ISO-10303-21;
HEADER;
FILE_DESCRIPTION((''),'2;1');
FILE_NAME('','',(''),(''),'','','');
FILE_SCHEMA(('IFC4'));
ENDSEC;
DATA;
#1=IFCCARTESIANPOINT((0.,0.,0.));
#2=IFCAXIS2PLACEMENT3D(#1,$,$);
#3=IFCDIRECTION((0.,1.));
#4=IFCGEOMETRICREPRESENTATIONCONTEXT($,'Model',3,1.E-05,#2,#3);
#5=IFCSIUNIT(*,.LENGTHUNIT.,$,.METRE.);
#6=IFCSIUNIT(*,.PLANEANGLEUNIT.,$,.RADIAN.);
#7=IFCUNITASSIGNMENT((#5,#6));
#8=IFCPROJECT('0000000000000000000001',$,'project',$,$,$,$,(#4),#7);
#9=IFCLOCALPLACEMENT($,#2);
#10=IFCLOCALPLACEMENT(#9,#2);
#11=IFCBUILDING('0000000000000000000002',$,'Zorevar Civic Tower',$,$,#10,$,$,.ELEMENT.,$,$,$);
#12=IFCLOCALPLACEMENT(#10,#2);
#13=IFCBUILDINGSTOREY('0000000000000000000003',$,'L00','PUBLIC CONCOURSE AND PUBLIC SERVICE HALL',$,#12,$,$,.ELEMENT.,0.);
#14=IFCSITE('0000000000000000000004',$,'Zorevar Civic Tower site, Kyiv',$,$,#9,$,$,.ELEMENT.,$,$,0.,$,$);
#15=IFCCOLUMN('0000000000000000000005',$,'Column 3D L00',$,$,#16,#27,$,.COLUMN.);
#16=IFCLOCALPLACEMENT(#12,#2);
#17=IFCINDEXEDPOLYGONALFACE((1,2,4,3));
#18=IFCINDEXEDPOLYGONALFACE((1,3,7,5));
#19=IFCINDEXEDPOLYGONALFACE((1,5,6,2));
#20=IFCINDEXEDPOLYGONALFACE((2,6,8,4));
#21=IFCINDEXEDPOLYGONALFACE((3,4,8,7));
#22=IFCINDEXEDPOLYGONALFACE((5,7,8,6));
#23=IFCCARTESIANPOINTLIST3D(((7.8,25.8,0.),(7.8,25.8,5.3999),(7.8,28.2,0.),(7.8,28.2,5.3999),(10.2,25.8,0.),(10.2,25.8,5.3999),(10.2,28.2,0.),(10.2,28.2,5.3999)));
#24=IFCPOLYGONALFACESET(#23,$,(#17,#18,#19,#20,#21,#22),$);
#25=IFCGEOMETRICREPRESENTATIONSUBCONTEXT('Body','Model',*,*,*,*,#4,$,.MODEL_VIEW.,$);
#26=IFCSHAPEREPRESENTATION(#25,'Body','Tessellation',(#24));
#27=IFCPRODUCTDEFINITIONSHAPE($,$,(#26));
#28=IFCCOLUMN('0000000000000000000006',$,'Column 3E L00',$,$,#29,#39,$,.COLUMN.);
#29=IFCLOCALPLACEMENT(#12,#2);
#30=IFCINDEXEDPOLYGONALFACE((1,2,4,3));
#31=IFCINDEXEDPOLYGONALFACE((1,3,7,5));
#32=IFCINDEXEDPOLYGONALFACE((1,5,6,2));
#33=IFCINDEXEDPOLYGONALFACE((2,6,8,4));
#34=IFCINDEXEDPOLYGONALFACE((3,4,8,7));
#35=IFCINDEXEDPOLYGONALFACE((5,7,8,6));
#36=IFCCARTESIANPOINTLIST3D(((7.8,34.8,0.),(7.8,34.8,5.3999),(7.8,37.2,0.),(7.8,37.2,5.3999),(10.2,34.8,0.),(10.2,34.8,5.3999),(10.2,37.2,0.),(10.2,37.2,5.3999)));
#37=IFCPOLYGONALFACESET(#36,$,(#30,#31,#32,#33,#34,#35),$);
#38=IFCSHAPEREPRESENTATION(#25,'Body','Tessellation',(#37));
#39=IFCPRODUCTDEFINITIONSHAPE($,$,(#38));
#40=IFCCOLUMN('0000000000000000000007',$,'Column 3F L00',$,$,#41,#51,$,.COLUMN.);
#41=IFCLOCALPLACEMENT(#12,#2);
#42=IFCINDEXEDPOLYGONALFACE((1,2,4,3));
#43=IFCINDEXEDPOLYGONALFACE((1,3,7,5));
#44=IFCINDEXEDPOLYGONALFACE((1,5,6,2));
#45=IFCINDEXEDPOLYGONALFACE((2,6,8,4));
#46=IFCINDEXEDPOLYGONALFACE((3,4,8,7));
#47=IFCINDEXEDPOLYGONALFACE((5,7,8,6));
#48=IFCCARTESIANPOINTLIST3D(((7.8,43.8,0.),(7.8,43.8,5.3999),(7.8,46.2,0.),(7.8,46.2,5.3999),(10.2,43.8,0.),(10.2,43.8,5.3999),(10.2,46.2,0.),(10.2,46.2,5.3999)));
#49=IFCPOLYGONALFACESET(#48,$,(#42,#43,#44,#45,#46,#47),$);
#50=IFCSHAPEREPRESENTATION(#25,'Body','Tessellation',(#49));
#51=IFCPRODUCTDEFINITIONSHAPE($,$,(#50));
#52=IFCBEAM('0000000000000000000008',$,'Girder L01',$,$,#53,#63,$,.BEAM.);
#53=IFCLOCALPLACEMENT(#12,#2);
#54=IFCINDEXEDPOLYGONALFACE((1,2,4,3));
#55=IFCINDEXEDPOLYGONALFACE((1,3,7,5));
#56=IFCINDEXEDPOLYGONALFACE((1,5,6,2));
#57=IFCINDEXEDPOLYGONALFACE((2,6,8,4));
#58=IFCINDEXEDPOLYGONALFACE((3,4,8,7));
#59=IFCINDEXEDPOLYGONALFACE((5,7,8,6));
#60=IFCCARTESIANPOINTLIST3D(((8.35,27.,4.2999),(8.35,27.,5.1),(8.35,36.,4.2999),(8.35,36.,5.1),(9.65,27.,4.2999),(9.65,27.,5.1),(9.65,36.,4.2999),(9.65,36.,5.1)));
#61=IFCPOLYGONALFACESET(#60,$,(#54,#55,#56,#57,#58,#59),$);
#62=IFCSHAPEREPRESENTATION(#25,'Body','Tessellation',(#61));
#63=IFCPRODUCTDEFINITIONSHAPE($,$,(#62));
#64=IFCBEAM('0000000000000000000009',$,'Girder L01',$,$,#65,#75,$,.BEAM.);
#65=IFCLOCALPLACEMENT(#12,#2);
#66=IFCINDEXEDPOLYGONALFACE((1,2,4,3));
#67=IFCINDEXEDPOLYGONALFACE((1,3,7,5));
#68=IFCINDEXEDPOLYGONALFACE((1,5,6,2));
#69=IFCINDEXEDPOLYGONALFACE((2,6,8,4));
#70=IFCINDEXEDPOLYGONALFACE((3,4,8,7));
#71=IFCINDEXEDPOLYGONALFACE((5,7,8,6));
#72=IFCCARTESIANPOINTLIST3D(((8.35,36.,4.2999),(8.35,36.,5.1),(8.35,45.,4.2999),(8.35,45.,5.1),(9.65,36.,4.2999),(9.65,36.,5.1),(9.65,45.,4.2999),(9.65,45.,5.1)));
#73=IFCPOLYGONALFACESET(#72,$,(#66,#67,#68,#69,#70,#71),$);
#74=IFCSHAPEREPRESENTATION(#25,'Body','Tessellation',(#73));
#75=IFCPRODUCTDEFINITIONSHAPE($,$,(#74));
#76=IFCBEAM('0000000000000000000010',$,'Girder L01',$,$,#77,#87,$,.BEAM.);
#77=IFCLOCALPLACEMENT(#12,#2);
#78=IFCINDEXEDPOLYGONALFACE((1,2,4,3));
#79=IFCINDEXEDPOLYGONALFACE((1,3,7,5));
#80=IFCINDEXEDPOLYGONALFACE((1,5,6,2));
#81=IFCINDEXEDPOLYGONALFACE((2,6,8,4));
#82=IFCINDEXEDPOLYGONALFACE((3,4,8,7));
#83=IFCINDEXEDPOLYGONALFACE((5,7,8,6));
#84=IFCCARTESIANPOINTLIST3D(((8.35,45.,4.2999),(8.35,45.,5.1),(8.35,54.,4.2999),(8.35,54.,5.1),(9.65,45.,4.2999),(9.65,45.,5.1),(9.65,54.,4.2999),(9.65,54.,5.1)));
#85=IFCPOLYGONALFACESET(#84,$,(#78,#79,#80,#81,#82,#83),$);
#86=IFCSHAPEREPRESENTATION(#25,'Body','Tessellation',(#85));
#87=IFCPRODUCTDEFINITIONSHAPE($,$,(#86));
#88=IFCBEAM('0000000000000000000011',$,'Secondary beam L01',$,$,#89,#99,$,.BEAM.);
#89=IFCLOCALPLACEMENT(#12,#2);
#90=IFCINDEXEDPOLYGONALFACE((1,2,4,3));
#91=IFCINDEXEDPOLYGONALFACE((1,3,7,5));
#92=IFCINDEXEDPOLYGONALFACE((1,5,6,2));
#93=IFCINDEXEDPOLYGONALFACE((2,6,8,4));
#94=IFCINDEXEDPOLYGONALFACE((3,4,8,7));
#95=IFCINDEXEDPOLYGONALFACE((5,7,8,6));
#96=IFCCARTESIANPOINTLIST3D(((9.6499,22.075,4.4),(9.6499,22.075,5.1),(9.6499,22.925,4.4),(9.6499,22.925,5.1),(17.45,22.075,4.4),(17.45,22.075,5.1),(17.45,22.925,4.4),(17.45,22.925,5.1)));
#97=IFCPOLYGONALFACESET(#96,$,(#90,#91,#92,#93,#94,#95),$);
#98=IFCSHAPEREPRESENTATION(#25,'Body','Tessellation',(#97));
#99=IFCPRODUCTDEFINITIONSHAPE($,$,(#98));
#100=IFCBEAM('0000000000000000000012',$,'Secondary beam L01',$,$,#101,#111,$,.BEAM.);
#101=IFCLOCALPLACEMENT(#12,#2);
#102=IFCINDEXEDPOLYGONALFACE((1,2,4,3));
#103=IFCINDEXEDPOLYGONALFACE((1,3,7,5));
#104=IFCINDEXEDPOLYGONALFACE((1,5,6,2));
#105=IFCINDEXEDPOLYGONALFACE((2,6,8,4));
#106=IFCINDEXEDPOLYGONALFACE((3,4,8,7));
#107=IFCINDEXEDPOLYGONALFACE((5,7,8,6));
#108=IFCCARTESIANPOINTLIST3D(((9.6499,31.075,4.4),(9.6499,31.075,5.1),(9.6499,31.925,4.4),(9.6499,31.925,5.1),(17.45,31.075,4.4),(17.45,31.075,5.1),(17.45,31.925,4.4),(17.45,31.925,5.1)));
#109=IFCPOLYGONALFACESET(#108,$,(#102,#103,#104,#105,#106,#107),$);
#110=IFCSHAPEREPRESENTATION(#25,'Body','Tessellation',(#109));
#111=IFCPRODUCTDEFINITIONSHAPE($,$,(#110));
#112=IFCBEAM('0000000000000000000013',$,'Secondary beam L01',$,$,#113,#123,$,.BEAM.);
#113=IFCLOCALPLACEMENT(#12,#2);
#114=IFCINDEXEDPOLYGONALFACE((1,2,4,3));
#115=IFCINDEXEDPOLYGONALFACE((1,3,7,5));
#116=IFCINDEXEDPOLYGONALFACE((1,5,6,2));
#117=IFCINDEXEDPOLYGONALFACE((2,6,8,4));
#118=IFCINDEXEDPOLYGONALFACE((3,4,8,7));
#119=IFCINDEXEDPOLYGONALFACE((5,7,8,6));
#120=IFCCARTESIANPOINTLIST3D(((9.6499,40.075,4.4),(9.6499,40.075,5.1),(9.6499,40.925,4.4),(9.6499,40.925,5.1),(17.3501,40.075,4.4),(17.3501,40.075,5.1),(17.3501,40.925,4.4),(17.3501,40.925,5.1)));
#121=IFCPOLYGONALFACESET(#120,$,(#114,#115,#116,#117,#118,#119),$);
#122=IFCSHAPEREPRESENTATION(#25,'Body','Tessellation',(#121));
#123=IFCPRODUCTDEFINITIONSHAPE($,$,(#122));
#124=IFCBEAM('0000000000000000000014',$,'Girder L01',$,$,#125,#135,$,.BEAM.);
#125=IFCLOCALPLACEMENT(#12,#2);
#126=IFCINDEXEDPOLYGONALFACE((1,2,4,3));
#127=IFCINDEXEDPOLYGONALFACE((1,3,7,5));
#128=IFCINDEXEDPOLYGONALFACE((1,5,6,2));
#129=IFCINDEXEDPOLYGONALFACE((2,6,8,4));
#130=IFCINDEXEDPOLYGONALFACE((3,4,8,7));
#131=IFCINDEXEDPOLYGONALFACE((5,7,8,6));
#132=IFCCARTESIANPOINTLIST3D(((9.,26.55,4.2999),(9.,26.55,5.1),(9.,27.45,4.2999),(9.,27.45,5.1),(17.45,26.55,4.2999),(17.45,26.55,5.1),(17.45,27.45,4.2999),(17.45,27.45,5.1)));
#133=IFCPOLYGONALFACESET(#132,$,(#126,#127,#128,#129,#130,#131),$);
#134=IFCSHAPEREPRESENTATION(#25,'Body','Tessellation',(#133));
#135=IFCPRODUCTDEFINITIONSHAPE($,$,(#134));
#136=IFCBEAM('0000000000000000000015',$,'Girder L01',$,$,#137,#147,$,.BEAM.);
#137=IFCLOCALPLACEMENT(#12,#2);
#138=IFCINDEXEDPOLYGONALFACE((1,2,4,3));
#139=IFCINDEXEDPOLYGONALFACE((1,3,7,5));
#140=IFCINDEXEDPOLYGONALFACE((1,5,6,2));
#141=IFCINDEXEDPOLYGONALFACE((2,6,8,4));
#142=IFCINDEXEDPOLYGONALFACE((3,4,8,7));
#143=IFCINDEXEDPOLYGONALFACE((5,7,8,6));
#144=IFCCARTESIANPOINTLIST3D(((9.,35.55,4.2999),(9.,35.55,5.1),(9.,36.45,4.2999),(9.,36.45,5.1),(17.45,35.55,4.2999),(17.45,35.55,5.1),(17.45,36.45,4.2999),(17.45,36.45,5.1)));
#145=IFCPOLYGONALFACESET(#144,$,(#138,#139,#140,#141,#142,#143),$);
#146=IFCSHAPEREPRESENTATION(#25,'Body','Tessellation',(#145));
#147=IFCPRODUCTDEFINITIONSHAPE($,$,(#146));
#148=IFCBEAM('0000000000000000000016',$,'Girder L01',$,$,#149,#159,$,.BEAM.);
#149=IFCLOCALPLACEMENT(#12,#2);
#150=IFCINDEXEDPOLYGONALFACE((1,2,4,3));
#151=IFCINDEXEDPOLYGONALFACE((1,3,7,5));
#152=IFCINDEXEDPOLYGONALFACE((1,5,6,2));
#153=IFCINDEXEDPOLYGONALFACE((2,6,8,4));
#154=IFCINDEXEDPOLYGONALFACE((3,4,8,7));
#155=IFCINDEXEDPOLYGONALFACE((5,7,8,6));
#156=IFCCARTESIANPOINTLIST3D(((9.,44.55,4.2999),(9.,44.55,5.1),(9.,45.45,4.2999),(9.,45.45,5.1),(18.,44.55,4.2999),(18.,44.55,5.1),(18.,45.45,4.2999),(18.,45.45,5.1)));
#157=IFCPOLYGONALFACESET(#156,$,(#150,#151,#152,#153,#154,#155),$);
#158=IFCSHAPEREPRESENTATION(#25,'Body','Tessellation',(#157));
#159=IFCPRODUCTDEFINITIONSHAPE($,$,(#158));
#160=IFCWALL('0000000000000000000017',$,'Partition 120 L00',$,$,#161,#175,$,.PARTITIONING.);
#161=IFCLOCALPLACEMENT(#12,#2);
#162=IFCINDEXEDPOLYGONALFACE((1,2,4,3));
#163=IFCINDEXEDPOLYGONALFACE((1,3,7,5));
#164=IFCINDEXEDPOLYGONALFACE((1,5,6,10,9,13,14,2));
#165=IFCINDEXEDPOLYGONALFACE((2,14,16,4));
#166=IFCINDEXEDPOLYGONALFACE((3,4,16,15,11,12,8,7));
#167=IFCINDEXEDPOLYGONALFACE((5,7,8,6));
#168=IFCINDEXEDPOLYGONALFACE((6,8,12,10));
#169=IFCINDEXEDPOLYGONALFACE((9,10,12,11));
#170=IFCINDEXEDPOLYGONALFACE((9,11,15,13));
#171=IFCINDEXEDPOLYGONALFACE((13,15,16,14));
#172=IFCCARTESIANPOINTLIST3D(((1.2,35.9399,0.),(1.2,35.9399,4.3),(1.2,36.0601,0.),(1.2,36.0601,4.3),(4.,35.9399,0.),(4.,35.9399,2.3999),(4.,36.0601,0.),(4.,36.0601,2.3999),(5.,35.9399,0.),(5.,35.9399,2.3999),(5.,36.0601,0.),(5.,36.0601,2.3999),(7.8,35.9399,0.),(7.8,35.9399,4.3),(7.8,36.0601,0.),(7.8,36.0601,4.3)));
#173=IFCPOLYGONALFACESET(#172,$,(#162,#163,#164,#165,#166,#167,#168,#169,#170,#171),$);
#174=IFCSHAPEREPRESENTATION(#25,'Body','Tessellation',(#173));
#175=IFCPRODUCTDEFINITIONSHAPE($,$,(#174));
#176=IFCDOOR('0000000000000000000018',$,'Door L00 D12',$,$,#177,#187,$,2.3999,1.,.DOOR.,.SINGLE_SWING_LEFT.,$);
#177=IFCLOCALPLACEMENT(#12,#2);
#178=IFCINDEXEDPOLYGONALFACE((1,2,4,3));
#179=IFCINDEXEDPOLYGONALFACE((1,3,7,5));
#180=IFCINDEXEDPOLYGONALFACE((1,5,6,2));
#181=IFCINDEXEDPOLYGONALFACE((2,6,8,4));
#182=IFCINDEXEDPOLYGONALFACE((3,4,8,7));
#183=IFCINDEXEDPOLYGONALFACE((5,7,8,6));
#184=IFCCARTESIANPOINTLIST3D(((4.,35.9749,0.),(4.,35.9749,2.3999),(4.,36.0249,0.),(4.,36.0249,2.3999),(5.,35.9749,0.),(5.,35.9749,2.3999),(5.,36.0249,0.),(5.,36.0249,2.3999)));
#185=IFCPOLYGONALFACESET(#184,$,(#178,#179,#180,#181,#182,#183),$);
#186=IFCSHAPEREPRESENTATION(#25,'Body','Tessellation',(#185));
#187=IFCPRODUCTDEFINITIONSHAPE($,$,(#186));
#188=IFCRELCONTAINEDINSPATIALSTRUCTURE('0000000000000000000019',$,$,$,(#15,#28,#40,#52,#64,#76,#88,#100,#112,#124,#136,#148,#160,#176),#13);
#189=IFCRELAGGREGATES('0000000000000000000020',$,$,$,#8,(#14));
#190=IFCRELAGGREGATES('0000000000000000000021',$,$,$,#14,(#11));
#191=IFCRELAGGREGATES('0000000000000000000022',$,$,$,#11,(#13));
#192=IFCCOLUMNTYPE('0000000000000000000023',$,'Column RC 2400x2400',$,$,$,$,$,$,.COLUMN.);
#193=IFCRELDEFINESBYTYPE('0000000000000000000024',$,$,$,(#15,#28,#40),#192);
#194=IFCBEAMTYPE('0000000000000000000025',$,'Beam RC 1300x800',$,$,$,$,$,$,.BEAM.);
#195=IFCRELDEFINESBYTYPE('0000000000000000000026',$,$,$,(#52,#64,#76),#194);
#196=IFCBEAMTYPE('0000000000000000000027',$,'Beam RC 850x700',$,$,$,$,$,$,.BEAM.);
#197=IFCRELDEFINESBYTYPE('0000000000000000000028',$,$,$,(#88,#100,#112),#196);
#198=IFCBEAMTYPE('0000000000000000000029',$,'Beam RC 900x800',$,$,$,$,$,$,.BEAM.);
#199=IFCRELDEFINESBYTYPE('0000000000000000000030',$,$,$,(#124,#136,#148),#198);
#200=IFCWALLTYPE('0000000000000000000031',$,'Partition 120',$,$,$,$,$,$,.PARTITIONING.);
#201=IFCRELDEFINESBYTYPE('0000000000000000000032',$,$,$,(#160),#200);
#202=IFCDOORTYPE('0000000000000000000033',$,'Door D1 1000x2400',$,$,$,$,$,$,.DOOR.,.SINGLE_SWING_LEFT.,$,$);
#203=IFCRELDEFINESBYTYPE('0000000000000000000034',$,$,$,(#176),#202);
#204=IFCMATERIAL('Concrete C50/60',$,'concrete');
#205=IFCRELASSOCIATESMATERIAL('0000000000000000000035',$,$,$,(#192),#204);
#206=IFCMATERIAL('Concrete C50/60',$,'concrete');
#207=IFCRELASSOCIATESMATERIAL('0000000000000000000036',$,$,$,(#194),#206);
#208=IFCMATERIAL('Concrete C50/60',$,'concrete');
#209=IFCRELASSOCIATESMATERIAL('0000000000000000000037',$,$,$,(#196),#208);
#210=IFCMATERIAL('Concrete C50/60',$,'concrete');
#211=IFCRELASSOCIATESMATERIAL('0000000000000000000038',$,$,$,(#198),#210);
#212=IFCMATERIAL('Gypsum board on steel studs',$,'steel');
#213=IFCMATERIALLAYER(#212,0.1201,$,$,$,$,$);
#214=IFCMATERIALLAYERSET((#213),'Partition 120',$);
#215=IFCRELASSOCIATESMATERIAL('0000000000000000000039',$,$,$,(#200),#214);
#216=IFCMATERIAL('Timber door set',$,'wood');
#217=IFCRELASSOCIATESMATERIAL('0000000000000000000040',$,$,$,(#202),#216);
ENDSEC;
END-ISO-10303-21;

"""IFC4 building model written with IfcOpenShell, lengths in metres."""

from ifc_helpers import new_model, si_unit, direction, frame, frame_2d, origin, origin_2d, place, context, subcontext, project, spatial, rectangle, extrude, material, layer, layer_set, material_profile, profile_set, type_object, element, fill, save


model = new_model("IFC4")

# Units and contexts
model_context = context("Model", 3, precision=1e-05, world=origin(), true_north=direction((0.0, 1.0)))
body_context = subcontext(model_context, "Body", "Model", "MODEL_VIEW")
ifc_project = project(units=[si_unit("LENGTHUNIT", "METRE"), si_unit("PLANEANGLEUNIT", "RADIAN")], contexts=[model_context])

# Site, building, storey
site_placement = place(None, origin())
site = spatial("IfcSite", under=ifc_project, at=site_placement, Name="Zorevar Civic Tower site, Kyiv", CompositionType="ELEMENT", RefElevation=0.0)
building_placement = place(site_placement, origin())
building = spatial("IfcBuilding", under=site, at=building_placement, Name="Zorevar Civic Tower", CompositionType="ELEMENT")
storey_placement = place(building_placement, origin())
storey = spatial("IfcBuildingStorey", under=building, at=storey_placement, Name="L00", Description="PUBLIC CONCOURSE AND PUBLIC SERVICE HALL", CompositionType="ELEMENT", Elevation=0.0)

# Columns
ifc_material_1 = material(Name="Concrete C50/60", Category="concrete")
ifc_material_profile_1 = material_profile(ifc_material_1, rectangle(XDim=2.3999, YDim=2.3999, at=origin_2d()), Name="RC 2400x2400")
ifc_profile_set_1 = profile_set([ifc_material_profile_1], Name="Concrete C50/60")
column_type = type_object("IfcColumnType", Name="Column RC 2400x2400", PredefinedType="COLUMN", material=ifc_profile_set_1)
for number, where, z_axis, x_axis, name in (
    (1, (9.0, 27.0, 0.0), (0.0, 0.0, 1.0), (1.0, 0.0, 0.0), "Column 3D L00"),
    (2, (9.0, 36.0, 0.0), (0.0, 0.0, 1.0), (1.0, 0.0, 0.0), "Column 3E L00"),
    (3, (9.0, 45.0, 0.0), (0.0, 0.0, 1.0), (1.0, 0.0, 0.0), "Column 3F L00"),
):
    element("IfcColumn", number, at=place(storey_placement, frame(where, z_axis=z_axis, x_axis=x_axis)), inside=storey, type_object=column_type, Name=name, PredefinedType="COLUMN", context=body_context, shape_type="SweptSolid", body=[
        extrude(rectangle(XDim=2.3999, YDim=2.3999, at=origin_2d()), origin(), (0.0, 0.0, 1.0), 5.3999),
    ])

# Beams
ifc_material_2 = material(Name="Concrete C50/60", Category="concrete")
ifc_material_profile_2 = material_profile(ifc_material_2, rectangle(XDim=1.3, YDim=0.8, at=origin_2d()), Name="RC 1300x800")
ifc_profile_set_2 = profile_set([ifc_material_profile_2], Name="Concrete C50/60")
beam_type_1 = type_object("IfcBeamType", Name="Beam RC 1300x800", PredefinedType="BEAM", material=ifc_profile_set_2)
for number, where, z_axis, x_axis, name in (
    (4, (9.0, 27.0, 4.7), (0.0, 1.0, 0.0), (-1.0, 0.0, 0.0), "Girder L01"),
    (5, (9.0, 36.0, 4.7), (0.0, 1.0, 0.0), (-1.0, 0.0, 0.0), "Girder L01"),
    (6, (9.0, 45.0, 4.7), (0.0, 1.0, 0.0), (-1.0, 0.0, 0.0), "Girder L01"),
):
    element("IfcBeam", number, at=place(storey_placement, frame(where, z_axis=z_axis, x_axis=x_axis)), inside=storey, type_object=beam_type_1, Name=name, PredefinedType="BEAM", context=body_context, shape_type="SweptSolid", body=[
        extrude(rectangle(XDim=1.3, YDim=0.8, at=origin_2d()), origin(), (0.0, 0.0, 1.0), 9.0),
    ])
ifc_material_3 = material(Name="Concrete C50/60", Category="concrete")
ifc_material_profile_3 = material_profile(ifc_material_3, rectangle(XDim=0.8501, YDim=0.7, at=origin_2d()), Name="RC 850x700")
ifc_profile_set_3 = profile_set([ifc_material_profile_3], Name="Concrete C50/60")
beam_type_2 = type_object("IfcBeamType", Name="Beam RC 850x700", PredefinedType="BEAM", material=ifc_profile_set_3)
for number, where, z_axis, x_axis, name in (
    (7, (9.6499, 22.5, 4.75), (1.0, 0.0, 0.0), (0.0, 1.0, 0.0), "Secondary beam L01"),
    (8, (9.6499, 31.5, 4.75), (1.0, 0.0, 0.0), (0.0, 1.0, 0.0), "Secondary beam L01"),
):
    element("IfcBeam", number, at=place(storey_placement, frame(where, z_axis=z_axis, x_axis=x_axis)), inside=storey, type_object=beam_type_2, Name=name, PredefinedType="BEAM", context=body_context, shape_type="SweptSolid", body=[
        extrude(rectangle(XDim=0.8501, YDim=0.7, at=origin_2d()), origin(), (0.0, 0.0, 1.0), 7.8),
    ])
beam_1_placement = place(storey_placement, frame((9.6499, 40.5, 4.75), z_axis=(1.0, 0.0, 0.0), x_axis=(0.0, 1.0, 0.0)))
element("IfcBeam", 9, at=beam_1_placement, inside=storey, type_object=beam_type_2, Name="Secondary beam L01", PredefinedType="BEAM", context=body_context, shape_type="SweptSolid", body=[
    extrude(rectangle(XDim=0.8501, YDim=0.7, at=origin_2d()), origin(), (0.0, 0.0, 1.0), 7.7002),
])
ifc_material_4 = material(Name="Concrete C50/60", Category="concrete")
ifc_material_profile_4 = material_profile(ifc_material_4, rectangle(XDim=0.8999, YDim=0.8, at=origin_2d()), Name="RC 900x800")
ifc_profile_set_4 = profile_set([ifc_material_profile_4], Name="Concrete C50/60")
beam_type_3 = type_object("IfcBeamType", Name="Beam RC 900x800", PredefinedType="BEAM", material=ifc_profile_set_4)
for number, where, z_axis, x_axis, name in (
    (10, (9.0, 27.0, 4.7), (1.0, 0.0, 0.0), (0.0, 1.0, 0.0), "Girder L01"),
    (11, (9.0, 36.0, 4.7), (1.0, 0.0, 0.0), (0.0, 1.0, 0.0), "Girder L01"),
):
    element("IfcBeam", number, at=place(storey_placement, frame(where, z_axis=z_axis, x_axis=x_axis)), inside=storey, type_object=beam_type_3, Name=name, PredefinedType="BEAM", context=body_context, shape_type="SweptSolid", body=[
        extrude(rectangle(XDim=0.8999, YDim=0.8, at=origin_2d()), origin(), (0.0, 0.0, 1.0), 8.45),
    ])
beam_2_placement = place(storey_placement, frame((9.0, 45.0, 4.7), z_axis=(1.0, 0.0, 0.0), x_axis=(0.0, 1.0, 0.0)))
element("IfcBeam", 12, at=beam_2_placement, inside=storey, type_object=beam_type_3, Name="Girder L01", PredefinedType="BEAM", context=body_context, shape_type="SweptSolid", body=[
    extrude(rectangle(XDim=0.8999, YDim=0.8, at=origin_2d()), origin(), (0.0, 0.0, 1.0), 9.0),
])

# Wall, opening, door
ifc_material_5 = material(Name="Gypsum board on steel studs", Category="steel")
ifc_layer = layer(ifc_material_5, 0.1201)
ifc_layer_set = layer_set([ifc_layer], Name="Partition 120")
wall_type = type_object("IfcWallType", Name="Partition 120", PredefinedType="PARTITIONING", material=ifc_layer_set)
wall_1_placement = place(storey_placement, frame((1.2, 36.0, 0.0), z_axis=(0.0, 0.0, 1.0), x_axis=(1.0, 0.0, 0.0)))
wall_1 = element("IfcWall", 13, at=wall_1_placement, inside=storey, type_object=wall_type, Name="Partition 120 L00", PredefinedType="PARTITIONING", context=body_context, shape_type="SweptSolid", body=[
    extrude(rectangle(XDim=6.6001, YDim=0.1201, at=frame_2d((3.3, 0.0))), origin(), (0.0, 0.0, 1.0), 4.3),
])
opening_1_placement = place(wall_1_placement, frame((2.8, 0.0, 0.0)))
opening_1 = element("IfcOpeningElement", 14, at=opening_1_placement, cuts=wall_1, PredefinedType="OPENING", context=body_context, shape_type="SweptSolid", body=[
    extrude(rectangle(XDim=1.0, YDim=2.3999, at=frame_2d((0.5, 1.2))), frame((0.0, 0.0701, 0.0), z_axis=(0.0, -1.0, 0.0), x_axis=(1.0, 0.0, 0.0)), (0.0, 0.0, 1.0), 0.1401),
])
ifc_material_6 = material(Name="Timber door set", Category="wood")
door_type_1 = type_object("IfcDoorType", Name="Door D1 1000x2400", OperationType="SINGLE_SWING_LEFT", PredefinedType="DOOR", material=ifc_material_6)
door_1_placement = place(opening_1_placement, origin())
door_1 = element("IfcDoor", 15, at=door_1_placement, inside=storey, type_object=door_type_1, Name="Door L00 D12", OperationType="SINGLE_SWING_LEFT", OverallHeight=2.3999, OverallWidth=1.0, PredefinedType="DOOR", context=body_context, shape_type="SweptSolid", body=[
    extrude(rectangle(XDim=1.0, YDim=2.3999, at=frame_2d((0.5, 1.2))), frame((0.0, 0.0249, 0.0), z_axis=(0.0, -1.0, 0.0), x_axis=(1.0, 0.0, 0.0)), (0.0, 0.0, 1.0), 0.05),
])
fill(opening_1, door_1)

save(model, "model.ifc")
